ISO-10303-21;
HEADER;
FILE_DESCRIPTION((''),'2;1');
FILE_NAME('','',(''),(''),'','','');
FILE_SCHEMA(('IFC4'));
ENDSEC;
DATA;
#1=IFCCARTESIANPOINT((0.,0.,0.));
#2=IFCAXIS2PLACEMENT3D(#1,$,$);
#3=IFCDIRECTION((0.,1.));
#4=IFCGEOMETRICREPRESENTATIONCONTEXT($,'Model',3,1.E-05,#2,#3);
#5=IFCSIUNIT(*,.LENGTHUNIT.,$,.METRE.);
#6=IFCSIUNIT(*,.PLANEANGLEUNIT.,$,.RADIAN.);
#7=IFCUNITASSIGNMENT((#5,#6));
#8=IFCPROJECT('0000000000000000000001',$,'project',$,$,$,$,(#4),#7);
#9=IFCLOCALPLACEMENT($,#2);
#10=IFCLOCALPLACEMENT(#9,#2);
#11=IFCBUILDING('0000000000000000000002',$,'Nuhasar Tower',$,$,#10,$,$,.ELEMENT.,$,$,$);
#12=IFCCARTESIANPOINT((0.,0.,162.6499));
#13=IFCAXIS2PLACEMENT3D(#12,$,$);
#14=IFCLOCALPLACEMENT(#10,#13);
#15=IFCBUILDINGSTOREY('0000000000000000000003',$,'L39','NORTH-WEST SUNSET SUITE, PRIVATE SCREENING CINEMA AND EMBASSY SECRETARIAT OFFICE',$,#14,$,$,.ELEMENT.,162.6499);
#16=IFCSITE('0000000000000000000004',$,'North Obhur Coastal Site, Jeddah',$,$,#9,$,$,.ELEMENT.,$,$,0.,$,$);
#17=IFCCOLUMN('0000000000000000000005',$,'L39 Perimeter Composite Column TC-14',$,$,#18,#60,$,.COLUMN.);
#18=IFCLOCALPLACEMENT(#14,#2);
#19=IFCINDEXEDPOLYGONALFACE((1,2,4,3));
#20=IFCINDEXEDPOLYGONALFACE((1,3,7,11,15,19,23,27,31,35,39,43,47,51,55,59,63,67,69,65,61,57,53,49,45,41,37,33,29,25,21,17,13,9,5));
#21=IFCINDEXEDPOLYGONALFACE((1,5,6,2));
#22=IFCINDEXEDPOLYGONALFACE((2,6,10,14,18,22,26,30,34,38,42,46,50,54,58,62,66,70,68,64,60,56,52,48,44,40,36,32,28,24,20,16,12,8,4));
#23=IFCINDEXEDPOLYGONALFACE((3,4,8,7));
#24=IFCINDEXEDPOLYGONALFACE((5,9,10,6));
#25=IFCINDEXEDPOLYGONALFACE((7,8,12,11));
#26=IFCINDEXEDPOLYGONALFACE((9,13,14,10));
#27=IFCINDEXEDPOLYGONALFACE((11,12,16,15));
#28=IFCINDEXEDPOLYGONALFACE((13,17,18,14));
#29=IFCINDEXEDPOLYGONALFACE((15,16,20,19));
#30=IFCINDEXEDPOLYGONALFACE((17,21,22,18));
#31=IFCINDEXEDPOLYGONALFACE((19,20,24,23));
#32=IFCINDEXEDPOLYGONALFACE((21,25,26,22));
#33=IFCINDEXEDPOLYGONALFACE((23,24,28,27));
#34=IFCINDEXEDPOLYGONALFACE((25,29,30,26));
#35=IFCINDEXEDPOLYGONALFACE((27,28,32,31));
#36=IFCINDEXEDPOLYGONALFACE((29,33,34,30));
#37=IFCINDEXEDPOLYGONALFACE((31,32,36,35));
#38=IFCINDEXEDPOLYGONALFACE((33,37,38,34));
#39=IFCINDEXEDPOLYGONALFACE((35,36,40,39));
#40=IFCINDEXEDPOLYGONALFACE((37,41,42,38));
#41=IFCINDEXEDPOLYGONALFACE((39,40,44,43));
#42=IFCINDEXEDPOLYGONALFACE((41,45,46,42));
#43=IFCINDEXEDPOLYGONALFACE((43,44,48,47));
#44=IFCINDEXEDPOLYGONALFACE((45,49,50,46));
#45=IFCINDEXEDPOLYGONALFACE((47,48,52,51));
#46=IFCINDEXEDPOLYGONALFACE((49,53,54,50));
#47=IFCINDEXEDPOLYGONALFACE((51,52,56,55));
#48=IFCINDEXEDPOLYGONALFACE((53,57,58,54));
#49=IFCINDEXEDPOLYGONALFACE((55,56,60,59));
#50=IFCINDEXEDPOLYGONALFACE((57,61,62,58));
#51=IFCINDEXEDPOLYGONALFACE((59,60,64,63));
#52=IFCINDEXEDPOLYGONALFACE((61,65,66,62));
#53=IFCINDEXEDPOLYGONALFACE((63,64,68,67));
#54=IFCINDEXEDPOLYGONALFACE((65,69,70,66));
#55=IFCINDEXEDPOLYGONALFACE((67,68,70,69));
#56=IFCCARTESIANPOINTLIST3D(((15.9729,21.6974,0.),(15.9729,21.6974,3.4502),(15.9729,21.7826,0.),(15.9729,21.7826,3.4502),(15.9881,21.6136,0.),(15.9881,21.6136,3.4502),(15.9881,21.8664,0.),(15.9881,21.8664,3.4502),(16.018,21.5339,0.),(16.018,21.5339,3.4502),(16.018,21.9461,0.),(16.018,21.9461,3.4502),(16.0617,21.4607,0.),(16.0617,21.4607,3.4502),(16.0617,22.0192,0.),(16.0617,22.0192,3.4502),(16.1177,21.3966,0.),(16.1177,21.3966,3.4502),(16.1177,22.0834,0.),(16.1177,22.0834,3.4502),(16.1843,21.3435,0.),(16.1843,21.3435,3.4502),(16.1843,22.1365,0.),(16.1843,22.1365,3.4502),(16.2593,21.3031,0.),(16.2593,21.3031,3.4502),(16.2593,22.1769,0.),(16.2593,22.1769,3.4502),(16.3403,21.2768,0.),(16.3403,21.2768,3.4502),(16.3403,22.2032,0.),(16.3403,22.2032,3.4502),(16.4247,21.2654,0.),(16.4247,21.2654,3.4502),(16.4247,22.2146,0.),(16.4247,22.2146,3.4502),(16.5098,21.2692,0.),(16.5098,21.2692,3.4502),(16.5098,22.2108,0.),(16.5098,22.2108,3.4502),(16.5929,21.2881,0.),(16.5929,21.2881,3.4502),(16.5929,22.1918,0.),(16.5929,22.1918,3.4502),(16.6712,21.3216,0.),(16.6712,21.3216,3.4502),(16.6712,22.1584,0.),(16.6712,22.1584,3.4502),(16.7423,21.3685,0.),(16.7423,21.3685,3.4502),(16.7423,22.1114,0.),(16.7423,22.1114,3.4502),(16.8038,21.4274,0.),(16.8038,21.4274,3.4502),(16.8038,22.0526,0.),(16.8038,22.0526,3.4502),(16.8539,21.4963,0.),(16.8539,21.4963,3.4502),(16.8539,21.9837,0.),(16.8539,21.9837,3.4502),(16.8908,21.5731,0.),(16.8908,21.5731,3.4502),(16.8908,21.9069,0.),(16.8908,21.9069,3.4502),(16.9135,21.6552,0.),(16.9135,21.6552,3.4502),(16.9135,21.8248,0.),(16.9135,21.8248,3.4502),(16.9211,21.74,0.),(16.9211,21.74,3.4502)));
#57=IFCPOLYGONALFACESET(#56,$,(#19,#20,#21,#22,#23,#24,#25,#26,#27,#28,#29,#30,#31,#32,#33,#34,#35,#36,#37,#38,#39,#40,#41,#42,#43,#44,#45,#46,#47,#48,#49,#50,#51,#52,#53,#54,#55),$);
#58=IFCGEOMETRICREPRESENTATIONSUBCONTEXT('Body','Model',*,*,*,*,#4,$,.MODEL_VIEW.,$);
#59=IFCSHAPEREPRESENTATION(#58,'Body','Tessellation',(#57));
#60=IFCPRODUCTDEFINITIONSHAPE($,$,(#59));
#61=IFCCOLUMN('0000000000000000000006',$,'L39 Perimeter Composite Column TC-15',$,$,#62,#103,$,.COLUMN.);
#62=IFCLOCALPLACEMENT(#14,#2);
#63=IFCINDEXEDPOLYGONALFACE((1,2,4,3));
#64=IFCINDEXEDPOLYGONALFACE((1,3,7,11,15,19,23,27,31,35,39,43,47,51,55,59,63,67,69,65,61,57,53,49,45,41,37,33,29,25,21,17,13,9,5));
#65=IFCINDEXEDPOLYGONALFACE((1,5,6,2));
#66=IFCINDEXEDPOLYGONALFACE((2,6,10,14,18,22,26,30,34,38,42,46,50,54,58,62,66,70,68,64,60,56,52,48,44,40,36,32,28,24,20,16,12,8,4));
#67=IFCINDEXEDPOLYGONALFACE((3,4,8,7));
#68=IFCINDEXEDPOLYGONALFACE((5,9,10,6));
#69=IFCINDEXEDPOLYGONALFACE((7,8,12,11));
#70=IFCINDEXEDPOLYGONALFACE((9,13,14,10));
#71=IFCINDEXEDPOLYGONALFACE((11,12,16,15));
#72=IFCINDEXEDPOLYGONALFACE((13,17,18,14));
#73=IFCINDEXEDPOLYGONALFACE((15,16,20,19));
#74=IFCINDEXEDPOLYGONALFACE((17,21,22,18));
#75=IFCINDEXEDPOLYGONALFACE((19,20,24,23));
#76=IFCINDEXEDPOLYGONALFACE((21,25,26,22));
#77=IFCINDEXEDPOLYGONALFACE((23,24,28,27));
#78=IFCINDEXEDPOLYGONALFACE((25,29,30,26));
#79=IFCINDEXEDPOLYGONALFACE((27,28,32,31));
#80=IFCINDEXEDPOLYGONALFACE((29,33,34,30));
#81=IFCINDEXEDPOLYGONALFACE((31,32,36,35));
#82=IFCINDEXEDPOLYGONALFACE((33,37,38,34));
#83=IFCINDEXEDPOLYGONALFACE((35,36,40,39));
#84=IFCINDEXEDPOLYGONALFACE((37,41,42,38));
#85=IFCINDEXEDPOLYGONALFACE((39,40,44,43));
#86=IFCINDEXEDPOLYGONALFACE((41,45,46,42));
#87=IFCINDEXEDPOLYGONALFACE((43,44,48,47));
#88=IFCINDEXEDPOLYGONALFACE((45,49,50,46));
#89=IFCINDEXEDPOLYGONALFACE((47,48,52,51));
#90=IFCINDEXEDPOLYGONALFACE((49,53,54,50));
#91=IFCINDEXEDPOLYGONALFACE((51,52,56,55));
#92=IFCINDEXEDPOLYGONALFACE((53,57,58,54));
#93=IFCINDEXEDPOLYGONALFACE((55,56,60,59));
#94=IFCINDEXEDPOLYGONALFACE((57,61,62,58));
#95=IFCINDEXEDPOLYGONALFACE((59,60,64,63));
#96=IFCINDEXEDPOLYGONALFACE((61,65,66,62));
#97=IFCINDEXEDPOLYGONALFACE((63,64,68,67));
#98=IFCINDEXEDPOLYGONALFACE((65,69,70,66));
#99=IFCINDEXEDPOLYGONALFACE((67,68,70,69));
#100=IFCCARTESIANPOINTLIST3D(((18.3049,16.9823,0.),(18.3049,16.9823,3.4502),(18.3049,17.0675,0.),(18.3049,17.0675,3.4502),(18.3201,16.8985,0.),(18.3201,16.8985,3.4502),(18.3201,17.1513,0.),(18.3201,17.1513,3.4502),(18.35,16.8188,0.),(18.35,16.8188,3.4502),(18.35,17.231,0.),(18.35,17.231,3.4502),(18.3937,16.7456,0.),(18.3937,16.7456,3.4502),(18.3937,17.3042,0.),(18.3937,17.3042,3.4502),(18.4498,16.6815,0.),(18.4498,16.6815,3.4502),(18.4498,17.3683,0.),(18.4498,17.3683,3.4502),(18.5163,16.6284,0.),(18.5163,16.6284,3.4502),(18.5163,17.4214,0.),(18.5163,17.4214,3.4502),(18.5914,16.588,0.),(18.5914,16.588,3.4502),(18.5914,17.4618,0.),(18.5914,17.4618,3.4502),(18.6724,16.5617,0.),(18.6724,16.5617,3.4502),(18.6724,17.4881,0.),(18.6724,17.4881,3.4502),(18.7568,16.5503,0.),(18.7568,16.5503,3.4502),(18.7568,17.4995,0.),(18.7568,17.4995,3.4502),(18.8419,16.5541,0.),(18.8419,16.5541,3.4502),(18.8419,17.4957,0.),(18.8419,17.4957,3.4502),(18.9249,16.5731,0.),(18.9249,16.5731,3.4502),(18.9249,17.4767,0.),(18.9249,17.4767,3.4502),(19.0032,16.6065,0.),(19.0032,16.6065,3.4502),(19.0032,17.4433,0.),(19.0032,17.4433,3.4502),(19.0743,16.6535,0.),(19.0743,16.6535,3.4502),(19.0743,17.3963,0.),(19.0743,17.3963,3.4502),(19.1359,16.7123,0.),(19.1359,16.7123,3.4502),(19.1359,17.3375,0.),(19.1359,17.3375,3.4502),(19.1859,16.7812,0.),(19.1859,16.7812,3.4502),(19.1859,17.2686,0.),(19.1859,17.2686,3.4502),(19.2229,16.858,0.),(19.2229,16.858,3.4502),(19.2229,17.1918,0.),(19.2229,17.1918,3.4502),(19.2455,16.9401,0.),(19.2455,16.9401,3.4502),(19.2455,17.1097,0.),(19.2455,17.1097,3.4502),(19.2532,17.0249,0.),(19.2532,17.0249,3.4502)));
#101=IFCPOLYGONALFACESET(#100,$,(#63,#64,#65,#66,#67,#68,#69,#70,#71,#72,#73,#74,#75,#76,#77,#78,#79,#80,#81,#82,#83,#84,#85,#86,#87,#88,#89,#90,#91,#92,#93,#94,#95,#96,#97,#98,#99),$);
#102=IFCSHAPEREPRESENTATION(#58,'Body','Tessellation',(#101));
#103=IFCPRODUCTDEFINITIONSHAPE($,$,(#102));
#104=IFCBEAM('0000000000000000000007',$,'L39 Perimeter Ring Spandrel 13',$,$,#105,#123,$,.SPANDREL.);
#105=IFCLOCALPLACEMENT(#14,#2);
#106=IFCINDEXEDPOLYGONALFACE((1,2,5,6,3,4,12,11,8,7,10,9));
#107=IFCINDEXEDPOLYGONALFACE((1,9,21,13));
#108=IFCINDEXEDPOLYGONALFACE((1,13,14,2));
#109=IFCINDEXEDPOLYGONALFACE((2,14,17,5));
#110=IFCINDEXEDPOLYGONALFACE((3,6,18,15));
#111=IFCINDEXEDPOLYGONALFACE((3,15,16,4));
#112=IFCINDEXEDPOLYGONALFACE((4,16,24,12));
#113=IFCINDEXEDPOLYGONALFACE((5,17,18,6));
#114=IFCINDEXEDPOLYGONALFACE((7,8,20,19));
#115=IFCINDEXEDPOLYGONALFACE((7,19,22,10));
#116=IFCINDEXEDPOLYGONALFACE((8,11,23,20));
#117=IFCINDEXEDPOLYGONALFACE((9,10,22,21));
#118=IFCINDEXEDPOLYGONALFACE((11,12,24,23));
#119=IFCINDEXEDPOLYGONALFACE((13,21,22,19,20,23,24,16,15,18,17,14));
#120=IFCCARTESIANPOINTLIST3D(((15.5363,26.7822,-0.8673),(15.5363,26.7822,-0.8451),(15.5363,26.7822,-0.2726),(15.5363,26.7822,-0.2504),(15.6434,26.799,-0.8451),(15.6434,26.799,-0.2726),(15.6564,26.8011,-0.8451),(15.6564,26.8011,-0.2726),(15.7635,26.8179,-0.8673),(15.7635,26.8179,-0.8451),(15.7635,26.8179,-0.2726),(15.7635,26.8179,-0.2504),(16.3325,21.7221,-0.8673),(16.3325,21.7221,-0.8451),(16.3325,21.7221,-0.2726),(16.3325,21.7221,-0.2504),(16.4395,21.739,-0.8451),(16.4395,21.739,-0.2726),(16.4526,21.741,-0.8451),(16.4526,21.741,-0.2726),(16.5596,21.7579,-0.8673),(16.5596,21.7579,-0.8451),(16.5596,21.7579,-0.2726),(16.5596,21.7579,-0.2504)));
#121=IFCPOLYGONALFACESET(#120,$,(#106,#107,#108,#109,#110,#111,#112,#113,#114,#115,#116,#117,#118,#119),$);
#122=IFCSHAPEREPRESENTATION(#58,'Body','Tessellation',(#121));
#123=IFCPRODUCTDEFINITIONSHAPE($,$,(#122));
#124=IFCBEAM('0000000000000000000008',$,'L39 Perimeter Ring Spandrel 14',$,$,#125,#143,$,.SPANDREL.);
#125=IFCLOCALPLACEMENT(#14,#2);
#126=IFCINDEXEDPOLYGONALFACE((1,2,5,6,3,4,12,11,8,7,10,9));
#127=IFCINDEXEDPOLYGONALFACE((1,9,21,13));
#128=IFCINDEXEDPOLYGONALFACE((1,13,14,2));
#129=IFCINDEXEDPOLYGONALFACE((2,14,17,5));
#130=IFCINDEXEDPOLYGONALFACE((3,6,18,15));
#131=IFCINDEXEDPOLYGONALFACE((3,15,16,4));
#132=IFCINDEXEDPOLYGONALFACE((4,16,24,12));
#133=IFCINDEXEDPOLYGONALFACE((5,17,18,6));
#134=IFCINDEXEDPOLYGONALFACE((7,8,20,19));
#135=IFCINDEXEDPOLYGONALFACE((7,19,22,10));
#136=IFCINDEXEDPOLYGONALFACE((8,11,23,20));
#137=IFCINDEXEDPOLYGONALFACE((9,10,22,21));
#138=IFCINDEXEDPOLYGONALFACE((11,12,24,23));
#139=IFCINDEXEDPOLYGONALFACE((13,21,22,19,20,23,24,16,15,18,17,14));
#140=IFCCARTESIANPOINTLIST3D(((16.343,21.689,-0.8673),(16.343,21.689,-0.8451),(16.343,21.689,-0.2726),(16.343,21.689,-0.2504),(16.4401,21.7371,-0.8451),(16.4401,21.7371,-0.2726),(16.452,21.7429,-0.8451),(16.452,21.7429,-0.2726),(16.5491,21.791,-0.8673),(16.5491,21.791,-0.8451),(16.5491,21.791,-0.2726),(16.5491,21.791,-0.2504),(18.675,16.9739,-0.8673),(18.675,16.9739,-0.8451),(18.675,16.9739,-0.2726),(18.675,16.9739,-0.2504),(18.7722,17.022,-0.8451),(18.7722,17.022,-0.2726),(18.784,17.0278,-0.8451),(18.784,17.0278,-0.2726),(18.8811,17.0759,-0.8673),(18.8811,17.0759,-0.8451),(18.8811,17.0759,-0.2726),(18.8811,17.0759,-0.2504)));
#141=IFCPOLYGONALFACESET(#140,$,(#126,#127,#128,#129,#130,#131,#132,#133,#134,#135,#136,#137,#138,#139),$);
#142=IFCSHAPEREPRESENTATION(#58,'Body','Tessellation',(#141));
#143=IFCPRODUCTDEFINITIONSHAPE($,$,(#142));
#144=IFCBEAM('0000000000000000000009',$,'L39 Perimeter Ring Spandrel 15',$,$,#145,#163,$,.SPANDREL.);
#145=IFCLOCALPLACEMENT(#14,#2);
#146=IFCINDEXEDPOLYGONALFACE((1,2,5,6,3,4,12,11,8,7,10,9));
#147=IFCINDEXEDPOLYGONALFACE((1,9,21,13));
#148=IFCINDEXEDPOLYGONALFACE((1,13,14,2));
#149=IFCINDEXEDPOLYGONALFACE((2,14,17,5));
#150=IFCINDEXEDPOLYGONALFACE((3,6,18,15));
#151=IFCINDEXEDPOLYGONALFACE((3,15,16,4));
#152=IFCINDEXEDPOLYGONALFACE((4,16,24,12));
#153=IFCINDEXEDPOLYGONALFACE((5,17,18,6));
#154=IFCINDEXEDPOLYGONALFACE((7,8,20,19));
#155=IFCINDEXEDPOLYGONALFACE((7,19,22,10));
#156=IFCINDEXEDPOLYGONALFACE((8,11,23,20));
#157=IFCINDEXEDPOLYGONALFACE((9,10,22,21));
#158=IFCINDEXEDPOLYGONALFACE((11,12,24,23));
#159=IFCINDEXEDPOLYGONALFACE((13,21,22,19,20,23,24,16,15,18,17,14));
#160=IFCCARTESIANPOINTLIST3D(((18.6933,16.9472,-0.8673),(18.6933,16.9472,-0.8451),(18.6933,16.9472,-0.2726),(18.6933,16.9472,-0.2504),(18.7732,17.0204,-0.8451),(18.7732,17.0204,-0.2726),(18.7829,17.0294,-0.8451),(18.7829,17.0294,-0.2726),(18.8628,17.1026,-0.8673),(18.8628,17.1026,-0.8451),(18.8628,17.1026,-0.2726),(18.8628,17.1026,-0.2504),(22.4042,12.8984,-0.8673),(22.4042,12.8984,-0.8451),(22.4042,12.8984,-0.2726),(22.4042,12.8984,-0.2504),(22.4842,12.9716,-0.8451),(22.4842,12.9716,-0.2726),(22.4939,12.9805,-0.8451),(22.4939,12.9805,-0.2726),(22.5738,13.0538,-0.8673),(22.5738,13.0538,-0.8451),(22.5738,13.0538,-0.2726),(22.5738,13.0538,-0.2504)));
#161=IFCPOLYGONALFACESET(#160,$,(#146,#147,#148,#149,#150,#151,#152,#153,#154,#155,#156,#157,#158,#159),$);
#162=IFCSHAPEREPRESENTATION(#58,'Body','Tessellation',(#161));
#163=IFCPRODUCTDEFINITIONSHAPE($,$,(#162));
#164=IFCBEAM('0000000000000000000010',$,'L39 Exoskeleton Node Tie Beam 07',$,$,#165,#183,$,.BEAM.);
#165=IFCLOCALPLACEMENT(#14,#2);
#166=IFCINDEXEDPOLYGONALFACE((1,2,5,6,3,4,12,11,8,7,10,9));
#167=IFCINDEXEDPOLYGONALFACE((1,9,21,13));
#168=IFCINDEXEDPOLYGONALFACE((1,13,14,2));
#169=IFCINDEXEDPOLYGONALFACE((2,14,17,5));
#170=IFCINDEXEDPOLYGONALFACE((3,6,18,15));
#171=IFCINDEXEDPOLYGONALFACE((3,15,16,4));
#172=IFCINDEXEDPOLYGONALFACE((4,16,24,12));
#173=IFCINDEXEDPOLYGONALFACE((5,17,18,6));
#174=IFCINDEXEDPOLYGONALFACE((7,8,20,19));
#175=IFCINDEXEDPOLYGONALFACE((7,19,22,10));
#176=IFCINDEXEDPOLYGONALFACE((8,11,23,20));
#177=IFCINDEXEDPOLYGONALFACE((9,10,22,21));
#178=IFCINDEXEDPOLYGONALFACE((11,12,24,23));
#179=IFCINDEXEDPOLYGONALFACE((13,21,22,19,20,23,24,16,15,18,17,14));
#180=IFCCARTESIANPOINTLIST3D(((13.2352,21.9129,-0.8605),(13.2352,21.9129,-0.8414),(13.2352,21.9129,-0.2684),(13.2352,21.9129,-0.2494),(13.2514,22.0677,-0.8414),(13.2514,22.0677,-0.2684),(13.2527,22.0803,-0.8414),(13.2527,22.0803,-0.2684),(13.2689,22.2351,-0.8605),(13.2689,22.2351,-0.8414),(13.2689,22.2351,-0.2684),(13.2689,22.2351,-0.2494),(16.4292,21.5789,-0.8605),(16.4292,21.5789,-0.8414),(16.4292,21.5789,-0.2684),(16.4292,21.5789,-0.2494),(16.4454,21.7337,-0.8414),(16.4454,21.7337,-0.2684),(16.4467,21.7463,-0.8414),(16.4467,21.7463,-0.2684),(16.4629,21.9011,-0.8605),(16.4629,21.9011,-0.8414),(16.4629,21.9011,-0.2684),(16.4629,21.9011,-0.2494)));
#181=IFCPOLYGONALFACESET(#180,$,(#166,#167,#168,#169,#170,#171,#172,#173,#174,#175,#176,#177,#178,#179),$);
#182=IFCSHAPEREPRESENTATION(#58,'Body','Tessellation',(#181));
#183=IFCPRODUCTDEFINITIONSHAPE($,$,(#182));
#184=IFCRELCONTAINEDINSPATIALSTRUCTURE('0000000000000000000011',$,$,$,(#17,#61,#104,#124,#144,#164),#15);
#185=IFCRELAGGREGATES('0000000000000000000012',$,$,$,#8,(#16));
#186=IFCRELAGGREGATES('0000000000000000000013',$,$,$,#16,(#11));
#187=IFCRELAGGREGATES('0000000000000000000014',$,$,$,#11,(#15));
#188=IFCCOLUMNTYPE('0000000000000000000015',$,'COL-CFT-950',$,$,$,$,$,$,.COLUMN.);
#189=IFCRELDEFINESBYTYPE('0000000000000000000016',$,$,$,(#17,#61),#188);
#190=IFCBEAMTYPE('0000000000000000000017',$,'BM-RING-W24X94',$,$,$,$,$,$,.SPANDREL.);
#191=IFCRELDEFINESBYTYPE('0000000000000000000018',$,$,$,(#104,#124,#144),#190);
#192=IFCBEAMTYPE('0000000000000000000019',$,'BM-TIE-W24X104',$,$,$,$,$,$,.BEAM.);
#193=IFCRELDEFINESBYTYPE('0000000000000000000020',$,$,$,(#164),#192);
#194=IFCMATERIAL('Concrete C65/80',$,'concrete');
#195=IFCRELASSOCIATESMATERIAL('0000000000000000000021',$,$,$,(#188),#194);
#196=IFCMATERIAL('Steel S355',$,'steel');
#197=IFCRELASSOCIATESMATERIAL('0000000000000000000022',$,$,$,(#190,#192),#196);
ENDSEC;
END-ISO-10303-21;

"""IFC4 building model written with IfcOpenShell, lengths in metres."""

from ifc_helpers import new_model, si_unit, direction, frame, origin, origin_2d, place, context, subcontext, project, spatial, circle, i_section, extrude, material, material_profile, profile_set, type_object, element, save


model = new_model("IFC4")

# Units and contexts
model_context = context("Model", 3, precision=1e-05, world=origin(), true_north=direction((0.0, 1.0)))
body_context = subcontext(model_context, "Body", "Model", "MODEL_VIEW")
ifc_project = project(units=[si_unit("LENGTHUNIT", "METRE"), si_unit("PLANEANGLEUNIT", "RADIAN")], contexts=[model_context])

# Site, building, storey
site_placement = place(None, origin())
site = spatial("IfcSite", under=ifc_project, at=site_placement, Name="North Obhur Coastal Site, Jeddah", CompositionType="ELEMENT", RefElevation=0.0)
building_placement = place(site_placement, origin())
building = spatial("IfcBuilding", under=site, at=building_placement, Name="Nuhasar Tower", CompositionType="ELEMENT")
storey_placement = place(building_placement, frame((0.0, 0.0, 162.6499)))
storey = spatial("IfcBuildingStorey", under=building, at=storey_placement, Name="L39", Description="NORTH-WEST SUNSET SUITE, PRIVATE SCREENING CINEMA AND EMBASSY SECRETARIAT OFFICE", CompositionType="ELEMENT", Elevation=162.6499)

# Columns
ifc_material_1 = material(Name="Concrete C65/80", Category="concrete")
ifc_material_profile_1 = material_profile(ifc_material_1, circle(Radius=0.4751, at=origin_2d()), Name="CFT950")
ifc_profile_set_1 = profile_set([ifc_material_profile_1], Name="Concrete C65/80")
column_type = type_object("IfcColumnType", Name="COL-CFT-950", PredefinedType="COLUMN", material=ifc_profile_set_1)
for number, where, z_axis, x_axis, name in (
    (1, (16.446, 21.74, 0.0), (0.0, 0.0, 1.0), (1.0, 0.0, 0.0), "L39 Perimeter Composite Column TC-14"),
    (2, (18.7781, 17.0249, 0.0), (0.0, 0.0, 1.0), (1.0, 0.0, 0.0), "L39 Perimeter Composite Column TC-15"),
):
    element("IfcColumn", number, at=place(storey_placement, frame(where, z_axis=z_axis, x_axis=x_axis)), inside=storey, type_object=column_type, Name=name, PredefinedType="COLUMN", context=body_context, shape_type="SweptSolid", body=[
        extrude(circle(Radius=0.4751, at=origin_2d()), origin(), (0.0, 0.0, 1.0), 3.4502),
    ])

# Beams
ifc_material_2 = material(Name="Steel S355", Category="steel")
ifc_material_profile_2 = material_profile(ifc_material_2, i_section(OverallWidth=0.23, OverallDepth=0.6169, WebThickness=0.0132, FlangeThickness=0.0222, at=origin_2d()), Name="W24X94")
ifc_profile_set_2 = profile_set([ifc_material_profile_2], Name="Steel S355")
beam_type_1 = type_object("IfcBeamType", Name="BM-RING-W24X94", PredefinedType="SPANDREL", material=ifc_profile_set_2)
beam_1_placement = place(storey_placement, frame((15.6499, 26.8, -0.5588), z_axis=(0.155427, -0.987847, 0.0), x_axis=(0.987847, 0.155427, 0.0)))
element("IfcBeam", 3, at=beam_1_placement, inside=storey, type_object=beam_type_1, Name="L39 Perimeter Ring Spandrel 13", PredefinedType="SPANDREL", context=body_context, shape_type="SweptSolid", body=[
    extrude(i_section(OverallWidth=0.23, OverallDepth=0.6169, WebThickness=0.0132, FlangeThickness=0.0222, at=origin_2d()), origin(), (0.0, 0.0, 1.0), 5.1223),
])
beam_2_placement = place(storey_placement, frame((16.446, 21.74, -0.5588), z_axis=(0.443329, -0.896359, 0.0), x_axis=(0.896359, 0.443329, 0.0)))
element("IfcBeam", 4, at=beam_2_placement, inside=storey, type_object=beam_type_1, Name="L39 Perimeter Ring Spandrel 14", PredefinedType="SPANDREL", context=body_context, shape_type="SweptSolid", body=[
    extrude(i_section(OverallWidth=0.23, OverallDepth=0.6169, WebThickness=0.0132, FlangeThickness=0.0222, at=origin_2d()), origin(), (0.0, 0.0, 1.0), 5.2603),
])
beam_3_placement = place(storey_placement, frame((18.7781, 17.0249, -0.5588), z_axis=(0.675676, -0.737198, 0.0), x_axis=(0.737198, 0.675676, 0.0)))
element("IfcBeam", 5, at=beam_3_placement, inside=storey, type_object=beam_type_1, Name="L39 Perimeter Ring Spandrel 15", PredefinedType="SPANDREL", context=body_context, shape_type="SweptSolid", body=[
    extrude(i_section(OverallWidth=0.23, OverallDepth=0.6169, WebThickness=0.0132, FlangeThickness=0.0222, at=origin_2d()), origin(), (0.0, 0.0, 1.0), 5.4922),
])
ifc_material_profile_3 = material_profile(ifc_material_2, i_section(OverallWidth=0.324, OverallDepth=0.6111, WebThickness=0.0127, FlangeThickness=0.019, at=origin_2d()), Name="W24X104")
ifc_profile_set_3 = profile_set([ifc_material_profile_3], Name="Steel S355")
beam_type_2 = type_object("IfcBeamType", Name="BM-TIE-W24X104", PredefinedType="BEAM", material=ifc_profile_set_3)
beam_4_placement = place(storey_placement, frame((16.446, 21.74, -0.5549), z_axis=(-0.994578, 0.103996, 0.0), x_axis=(-0.103996, -0.994578, 0.0)))
element("IfcBeam", 6, at=beam_4_placement, inside=storey, type_object=beam_type_2, Name="L39 Exoskeleton Node Tie Beam 07", PredefinedType="BEAM", context=body_context, shape_type="SweptSolid", body=[
    extrude(i_section(OverallWidth=0.324, OverallDepth=0.6111, WebThickness=0.0127, FlangeThickness=0.019, at=origin_2d()), origin(), (0.0, 0.0, 1.0), 3.2114),
])

save(model, "model.ifc")
